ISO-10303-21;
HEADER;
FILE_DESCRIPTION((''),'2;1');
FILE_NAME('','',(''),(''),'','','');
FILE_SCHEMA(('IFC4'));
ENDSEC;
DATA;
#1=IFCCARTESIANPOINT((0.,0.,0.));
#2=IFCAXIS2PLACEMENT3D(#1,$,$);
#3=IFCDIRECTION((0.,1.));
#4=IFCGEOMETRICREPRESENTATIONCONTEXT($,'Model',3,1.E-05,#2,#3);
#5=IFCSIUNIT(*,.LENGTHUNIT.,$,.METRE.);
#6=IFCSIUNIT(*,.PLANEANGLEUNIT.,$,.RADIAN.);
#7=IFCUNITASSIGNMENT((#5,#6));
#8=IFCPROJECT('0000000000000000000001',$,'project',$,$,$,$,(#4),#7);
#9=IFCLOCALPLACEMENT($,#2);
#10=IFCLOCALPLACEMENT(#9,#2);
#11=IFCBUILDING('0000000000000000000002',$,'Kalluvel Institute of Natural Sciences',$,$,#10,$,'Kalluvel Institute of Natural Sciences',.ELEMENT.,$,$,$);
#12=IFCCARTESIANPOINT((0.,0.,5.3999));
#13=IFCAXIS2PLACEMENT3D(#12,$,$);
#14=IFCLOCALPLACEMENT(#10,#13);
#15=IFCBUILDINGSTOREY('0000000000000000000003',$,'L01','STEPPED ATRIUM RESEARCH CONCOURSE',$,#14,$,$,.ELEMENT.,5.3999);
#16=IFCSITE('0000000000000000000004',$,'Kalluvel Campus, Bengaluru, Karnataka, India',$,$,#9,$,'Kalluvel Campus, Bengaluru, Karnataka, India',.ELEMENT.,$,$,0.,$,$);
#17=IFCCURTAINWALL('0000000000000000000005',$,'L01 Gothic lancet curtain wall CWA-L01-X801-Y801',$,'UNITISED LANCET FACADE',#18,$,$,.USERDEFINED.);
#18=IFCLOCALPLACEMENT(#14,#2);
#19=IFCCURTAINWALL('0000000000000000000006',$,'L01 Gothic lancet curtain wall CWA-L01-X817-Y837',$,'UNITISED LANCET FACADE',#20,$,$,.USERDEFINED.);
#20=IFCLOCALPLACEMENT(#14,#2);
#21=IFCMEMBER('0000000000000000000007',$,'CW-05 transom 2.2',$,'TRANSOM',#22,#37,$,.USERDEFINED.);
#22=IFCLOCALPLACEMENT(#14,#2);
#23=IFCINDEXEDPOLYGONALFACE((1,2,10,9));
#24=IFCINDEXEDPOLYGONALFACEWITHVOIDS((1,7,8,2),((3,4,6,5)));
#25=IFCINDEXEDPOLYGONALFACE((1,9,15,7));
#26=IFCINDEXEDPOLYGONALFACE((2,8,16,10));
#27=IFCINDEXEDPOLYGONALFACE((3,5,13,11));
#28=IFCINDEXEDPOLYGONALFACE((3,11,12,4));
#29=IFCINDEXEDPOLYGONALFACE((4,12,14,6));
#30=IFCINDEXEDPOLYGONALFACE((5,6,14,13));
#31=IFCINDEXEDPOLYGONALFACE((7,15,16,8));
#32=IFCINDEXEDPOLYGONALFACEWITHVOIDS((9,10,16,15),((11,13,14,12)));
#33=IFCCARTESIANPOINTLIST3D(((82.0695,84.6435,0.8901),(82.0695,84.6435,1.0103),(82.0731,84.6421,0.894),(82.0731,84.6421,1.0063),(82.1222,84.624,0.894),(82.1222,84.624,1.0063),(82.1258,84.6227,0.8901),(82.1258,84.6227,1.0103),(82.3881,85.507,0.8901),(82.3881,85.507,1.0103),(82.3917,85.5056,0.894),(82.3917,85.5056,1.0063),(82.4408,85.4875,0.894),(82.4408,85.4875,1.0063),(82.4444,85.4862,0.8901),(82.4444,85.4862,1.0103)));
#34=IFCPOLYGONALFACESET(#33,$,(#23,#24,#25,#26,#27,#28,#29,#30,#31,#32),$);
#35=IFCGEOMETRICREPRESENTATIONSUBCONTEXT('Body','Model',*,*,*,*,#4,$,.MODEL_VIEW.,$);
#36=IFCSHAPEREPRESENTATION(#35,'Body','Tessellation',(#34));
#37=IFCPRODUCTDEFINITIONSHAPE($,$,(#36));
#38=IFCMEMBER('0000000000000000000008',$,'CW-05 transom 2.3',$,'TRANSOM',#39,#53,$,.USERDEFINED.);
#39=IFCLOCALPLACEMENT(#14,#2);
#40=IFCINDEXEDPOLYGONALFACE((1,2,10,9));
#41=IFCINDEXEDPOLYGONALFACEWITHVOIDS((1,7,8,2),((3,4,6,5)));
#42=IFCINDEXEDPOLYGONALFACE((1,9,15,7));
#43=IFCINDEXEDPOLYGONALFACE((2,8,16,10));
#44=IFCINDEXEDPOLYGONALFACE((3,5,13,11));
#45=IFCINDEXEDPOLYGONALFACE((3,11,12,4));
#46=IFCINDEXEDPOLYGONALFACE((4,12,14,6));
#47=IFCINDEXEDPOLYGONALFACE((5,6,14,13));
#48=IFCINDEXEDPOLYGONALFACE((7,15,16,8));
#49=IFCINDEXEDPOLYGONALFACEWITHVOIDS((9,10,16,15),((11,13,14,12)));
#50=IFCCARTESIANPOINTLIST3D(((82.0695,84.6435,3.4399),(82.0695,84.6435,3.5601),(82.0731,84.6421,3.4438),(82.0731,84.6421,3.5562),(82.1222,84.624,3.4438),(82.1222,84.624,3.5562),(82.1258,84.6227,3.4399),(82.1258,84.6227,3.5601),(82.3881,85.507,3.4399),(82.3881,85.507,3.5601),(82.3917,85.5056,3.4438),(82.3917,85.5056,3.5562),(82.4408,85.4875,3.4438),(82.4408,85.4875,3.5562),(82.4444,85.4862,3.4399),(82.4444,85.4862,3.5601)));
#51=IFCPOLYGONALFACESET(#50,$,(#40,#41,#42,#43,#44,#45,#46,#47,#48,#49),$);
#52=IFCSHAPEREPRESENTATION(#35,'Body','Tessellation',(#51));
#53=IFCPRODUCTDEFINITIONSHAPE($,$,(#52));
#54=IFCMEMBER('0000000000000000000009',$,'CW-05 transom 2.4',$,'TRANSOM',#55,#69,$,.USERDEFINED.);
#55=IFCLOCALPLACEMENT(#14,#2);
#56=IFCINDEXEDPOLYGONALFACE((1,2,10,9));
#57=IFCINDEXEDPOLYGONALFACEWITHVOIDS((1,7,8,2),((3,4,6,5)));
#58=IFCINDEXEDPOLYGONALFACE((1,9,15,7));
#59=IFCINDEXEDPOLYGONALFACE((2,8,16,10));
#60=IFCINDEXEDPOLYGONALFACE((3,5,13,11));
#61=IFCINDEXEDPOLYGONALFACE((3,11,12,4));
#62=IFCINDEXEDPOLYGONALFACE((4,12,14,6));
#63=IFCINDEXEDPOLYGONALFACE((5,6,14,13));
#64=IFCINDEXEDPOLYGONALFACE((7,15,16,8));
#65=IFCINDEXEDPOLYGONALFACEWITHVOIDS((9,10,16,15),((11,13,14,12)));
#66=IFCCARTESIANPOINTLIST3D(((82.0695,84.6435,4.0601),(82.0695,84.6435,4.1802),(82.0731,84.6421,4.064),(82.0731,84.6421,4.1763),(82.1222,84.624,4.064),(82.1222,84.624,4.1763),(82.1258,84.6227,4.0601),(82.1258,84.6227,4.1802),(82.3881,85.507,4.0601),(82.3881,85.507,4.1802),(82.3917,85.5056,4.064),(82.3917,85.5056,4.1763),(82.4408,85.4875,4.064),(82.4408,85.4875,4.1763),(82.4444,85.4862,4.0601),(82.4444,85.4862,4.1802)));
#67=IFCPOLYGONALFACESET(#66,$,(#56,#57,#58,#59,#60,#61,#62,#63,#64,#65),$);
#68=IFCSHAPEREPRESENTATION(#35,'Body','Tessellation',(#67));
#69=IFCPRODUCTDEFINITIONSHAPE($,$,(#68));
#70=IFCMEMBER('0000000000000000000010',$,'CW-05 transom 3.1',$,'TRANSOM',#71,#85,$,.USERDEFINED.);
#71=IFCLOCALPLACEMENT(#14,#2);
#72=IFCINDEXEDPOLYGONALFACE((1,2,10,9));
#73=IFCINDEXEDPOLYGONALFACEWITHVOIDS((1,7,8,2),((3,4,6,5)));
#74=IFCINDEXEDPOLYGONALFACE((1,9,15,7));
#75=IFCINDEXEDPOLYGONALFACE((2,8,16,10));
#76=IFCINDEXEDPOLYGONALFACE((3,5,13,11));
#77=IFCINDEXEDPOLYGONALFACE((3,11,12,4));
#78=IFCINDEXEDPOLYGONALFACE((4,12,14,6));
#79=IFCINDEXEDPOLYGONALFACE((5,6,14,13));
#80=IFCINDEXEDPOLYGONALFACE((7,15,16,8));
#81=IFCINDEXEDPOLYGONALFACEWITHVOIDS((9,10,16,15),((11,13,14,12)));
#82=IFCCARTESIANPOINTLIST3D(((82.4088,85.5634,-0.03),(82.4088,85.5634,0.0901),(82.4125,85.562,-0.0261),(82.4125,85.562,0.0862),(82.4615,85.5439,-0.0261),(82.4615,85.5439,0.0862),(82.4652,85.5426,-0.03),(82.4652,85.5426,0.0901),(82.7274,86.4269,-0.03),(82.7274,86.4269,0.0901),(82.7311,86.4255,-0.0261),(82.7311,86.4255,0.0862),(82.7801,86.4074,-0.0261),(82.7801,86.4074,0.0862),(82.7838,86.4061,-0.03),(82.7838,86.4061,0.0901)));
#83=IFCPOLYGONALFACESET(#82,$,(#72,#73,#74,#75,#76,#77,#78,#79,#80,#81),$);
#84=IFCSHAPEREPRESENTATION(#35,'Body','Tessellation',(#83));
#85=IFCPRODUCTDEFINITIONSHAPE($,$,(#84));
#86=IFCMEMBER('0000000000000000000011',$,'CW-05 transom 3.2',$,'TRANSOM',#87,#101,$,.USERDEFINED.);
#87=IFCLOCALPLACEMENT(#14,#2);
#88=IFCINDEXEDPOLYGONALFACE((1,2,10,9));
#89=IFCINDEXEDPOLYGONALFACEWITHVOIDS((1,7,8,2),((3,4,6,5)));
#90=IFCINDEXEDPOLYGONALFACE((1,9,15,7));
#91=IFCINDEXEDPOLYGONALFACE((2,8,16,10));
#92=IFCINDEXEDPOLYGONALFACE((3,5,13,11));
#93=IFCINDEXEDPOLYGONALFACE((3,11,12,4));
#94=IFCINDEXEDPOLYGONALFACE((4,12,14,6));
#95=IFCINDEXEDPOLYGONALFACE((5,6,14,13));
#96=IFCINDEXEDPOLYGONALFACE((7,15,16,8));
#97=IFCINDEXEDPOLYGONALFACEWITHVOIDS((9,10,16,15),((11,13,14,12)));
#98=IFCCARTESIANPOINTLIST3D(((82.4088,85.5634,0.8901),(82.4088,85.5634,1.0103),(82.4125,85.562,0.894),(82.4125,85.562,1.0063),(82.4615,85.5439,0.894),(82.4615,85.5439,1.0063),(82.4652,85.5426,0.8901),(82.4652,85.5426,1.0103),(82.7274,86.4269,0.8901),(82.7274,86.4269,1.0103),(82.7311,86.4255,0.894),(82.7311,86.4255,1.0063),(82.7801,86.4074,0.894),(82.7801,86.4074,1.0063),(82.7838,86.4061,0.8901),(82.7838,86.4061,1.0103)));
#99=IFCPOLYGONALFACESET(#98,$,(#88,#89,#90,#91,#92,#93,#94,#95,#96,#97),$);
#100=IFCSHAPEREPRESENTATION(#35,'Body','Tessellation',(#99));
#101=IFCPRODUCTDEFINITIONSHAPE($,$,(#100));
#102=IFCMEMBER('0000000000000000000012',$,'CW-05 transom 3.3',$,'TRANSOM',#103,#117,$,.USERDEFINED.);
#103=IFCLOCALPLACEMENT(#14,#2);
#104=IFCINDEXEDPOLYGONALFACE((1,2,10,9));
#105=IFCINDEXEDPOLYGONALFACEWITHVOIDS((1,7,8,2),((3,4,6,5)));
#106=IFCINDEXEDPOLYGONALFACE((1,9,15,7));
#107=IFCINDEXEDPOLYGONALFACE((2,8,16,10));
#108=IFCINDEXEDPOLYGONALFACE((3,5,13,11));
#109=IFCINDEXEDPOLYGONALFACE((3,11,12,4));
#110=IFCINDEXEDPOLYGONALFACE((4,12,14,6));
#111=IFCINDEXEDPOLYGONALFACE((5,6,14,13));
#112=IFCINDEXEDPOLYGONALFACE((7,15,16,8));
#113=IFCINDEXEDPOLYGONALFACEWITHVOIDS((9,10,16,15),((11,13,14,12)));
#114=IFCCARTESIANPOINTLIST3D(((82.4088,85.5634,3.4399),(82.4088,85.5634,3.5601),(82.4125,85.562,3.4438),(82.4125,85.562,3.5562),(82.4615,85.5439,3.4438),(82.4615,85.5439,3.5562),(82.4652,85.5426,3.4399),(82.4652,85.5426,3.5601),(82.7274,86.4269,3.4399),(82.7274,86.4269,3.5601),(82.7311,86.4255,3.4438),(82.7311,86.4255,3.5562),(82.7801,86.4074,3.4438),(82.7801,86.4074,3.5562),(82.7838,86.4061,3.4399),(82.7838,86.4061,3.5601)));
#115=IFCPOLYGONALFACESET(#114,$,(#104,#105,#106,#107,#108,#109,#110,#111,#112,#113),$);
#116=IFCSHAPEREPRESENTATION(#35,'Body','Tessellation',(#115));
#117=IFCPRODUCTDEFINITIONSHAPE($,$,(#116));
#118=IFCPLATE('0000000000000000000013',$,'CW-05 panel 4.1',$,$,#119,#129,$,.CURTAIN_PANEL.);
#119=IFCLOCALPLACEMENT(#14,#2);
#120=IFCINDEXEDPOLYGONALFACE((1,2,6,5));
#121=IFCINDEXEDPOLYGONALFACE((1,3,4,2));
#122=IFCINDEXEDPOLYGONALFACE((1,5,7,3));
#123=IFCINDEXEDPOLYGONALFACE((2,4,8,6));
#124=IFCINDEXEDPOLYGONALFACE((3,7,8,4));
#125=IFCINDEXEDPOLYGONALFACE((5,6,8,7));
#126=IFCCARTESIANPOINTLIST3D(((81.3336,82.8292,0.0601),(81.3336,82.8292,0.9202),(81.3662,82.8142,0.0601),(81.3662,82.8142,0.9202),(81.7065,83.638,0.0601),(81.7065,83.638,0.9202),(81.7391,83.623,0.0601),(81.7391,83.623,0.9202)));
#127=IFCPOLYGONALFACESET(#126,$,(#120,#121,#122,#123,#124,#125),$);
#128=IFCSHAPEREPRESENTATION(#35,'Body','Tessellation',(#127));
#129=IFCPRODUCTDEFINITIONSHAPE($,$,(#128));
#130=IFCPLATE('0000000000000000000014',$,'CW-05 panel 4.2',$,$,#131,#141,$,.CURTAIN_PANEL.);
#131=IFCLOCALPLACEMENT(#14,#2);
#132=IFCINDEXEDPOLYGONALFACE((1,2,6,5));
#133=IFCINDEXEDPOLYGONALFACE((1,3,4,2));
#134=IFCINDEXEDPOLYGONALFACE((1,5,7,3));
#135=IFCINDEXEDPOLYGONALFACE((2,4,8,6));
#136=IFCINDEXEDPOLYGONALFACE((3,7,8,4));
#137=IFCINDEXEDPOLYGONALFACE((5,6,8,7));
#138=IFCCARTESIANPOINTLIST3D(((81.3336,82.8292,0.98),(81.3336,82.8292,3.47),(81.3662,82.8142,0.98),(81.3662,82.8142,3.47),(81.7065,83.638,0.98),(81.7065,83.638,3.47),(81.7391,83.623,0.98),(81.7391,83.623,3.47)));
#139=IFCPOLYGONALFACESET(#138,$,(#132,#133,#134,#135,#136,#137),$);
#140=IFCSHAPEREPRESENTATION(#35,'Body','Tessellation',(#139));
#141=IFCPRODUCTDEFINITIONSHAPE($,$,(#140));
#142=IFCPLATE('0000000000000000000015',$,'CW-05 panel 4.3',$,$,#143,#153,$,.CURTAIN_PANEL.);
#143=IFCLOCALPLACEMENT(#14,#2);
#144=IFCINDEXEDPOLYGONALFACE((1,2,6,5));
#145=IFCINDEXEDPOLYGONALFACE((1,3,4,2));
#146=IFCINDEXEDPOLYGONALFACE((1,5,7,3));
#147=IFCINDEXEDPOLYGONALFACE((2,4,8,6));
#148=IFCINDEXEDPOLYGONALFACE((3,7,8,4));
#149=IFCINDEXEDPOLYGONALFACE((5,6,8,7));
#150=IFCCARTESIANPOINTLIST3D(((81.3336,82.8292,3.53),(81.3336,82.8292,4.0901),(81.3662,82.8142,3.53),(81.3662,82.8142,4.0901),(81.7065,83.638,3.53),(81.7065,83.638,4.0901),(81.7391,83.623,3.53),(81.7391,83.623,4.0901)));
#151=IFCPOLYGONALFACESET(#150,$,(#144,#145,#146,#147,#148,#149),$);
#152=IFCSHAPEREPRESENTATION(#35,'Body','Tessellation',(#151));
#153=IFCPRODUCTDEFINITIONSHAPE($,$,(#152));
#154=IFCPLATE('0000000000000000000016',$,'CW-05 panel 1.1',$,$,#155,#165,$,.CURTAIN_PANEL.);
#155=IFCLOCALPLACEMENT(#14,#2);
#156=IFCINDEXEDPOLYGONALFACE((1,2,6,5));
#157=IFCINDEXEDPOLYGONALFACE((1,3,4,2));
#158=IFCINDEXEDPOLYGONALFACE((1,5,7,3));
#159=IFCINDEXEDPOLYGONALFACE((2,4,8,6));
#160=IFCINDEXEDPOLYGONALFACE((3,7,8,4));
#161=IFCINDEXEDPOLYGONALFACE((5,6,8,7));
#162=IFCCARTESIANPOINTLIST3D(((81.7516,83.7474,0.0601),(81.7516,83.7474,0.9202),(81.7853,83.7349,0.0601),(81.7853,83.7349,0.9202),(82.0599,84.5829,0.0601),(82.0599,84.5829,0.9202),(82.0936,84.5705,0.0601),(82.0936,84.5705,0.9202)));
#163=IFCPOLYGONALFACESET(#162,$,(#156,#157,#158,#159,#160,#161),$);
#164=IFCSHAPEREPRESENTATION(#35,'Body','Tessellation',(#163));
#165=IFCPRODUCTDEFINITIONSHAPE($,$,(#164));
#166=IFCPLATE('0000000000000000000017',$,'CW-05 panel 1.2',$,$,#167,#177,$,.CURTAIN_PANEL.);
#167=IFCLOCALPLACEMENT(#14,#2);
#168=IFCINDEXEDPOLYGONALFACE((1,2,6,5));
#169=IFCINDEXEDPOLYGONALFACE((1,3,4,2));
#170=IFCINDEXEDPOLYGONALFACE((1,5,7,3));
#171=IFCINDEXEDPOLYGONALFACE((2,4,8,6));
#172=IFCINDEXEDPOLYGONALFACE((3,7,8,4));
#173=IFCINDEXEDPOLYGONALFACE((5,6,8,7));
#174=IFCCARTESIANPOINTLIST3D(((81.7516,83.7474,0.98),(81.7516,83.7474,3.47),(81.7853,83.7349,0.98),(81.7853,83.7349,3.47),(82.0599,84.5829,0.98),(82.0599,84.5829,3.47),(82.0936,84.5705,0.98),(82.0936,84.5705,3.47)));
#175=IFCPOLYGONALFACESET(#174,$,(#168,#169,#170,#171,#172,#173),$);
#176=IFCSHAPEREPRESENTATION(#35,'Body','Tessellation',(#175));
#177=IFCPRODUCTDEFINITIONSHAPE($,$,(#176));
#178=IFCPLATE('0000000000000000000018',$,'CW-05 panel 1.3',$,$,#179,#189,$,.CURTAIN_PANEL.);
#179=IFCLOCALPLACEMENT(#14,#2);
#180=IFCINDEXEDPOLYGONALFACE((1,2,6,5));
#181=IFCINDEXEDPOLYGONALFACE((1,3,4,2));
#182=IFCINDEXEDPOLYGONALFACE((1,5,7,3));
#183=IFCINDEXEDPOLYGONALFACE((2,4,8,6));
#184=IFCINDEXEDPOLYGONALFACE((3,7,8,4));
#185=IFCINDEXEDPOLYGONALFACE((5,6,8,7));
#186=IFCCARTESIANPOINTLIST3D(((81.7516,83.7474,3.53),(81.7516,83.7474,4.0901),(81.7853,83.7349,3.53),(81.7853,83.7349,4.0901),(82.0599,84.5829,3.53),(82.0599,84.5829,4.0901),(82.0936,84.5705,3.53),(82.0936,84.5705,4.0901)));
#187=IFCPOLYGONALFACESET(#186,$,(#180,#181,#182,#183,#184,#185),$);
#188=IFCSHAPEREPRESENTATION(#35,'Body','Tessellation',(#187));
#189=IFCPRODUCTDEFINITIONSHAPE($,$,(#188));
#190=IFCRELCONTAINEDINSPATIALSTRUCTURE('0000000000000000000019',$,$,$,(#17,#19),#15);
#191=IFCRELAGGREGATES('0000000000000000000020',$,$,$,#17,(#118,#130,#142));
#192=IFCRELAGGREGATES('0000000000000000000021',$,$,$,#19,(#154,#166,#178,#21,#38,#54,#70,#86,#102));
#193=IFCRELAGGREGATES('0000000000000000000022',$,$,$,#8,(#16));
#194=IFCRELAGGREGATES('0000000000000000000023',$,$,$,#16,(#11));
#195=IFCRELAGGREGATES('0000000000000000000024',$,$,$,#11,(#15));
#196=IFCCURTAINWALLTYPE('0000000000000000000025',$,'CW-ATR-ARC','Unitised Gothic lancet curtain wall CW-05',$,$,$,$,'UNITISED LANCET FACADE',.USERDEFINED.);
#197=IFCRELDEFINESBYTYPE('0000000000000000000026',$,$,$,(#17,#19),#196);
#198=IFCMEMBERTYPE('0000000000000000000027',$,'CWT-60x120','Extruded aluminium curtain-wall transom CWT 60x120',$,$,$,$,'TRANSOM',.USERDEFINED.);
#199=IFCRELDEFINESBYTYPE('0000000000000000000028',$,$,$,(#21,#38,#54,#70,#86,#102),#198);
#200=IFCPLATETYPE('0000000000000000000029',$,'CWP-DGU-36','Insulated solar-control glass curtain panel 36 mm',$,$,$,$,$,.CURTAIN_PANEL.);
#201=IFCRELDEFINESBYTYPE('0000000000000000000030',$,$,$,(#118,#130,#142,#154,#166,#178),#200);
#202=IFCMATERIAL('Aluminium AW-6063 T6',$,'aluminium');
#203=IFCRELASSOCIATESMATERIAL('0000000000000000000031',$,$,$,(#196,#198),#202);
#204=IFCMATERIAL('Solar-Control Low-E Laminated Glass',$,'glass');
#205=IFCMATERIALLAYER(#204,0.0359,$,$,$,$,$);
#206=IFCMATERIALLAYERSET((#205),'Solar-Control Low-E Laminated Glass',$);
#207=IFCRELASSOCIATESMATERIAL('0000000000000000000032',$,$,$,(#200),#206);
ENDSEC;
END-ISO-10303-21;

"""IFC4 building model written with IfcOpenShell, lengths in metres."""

from ifc_helpers import new_model, si_unit, direction, frame, origin, origin_2d, place, context, subcontext, project, spatial, rectangle, hollow_rectangle, extrude, material, layer, layer_set, material_profile, profile_set, type_object, element, aggregate, save


model = new_model("IFC4")

# Units and contexts
model_context = context("Model", 3, precision=1e-05, world=origin(), true_north=direction((0.0, 1.0)))
body_context = subcontext(model_context, "Body", "Model", "MODEL_VIEW")
ifc_project = project(units=[si_unit("LENGTHUNIT", "METRE"), si_unit("PLANEANGLEUNIT", "RADIAN")], contexts=[model_context])

# Site, building, storey
site_placement = place(None, origin())
site = spatial("IfcSite", under=ifc_project, at=site_placement, Name="Kalluvel Campus, Bengaluru, Karnataka, India", LongName="Kalluvel Campus, Bengaluru, Karnataka, India", CompositionType="ELEMENT", RefElevation=0.0)
building_placement = place(site_placement, origin())
building = spatial("IfcBuilding", under=site, at=building_placement, Name="Kalluvel Institute of Natural Sciences", LongName="Kalluvel Institute of Natural Sciences", CompositionType="ELEMENT")
storey_placement = place(building_placement, frame((0.0, 0.0, 5.3999)))
storey = spatial("IfcBuildingStorey", under=building, at=storey_placement, Name="L01", Description="STEPPED ATRIUM RESEARCH CONCOURSE", CompositionType="ELEMENT", Elevation=5.3999)

# Curtain wall
ifc_material_1 = material(Name="Aluminium AW-6063 T6", Category="aluminium")
curtain_wall_type = type_object("IfcCurtainWallType", Name="CW-ATR-ARC", Description="Unitised Gothic lancet curtain wall CW-05", ElementType="UNITISED LANCET FACADE", PredefinedType="USERDEFINED", material=ifc_material_1)
curtain_wall_1_placement = place(storey_placement, origin())
curtain_wall_1 = element("IfcCurtainWall", 1, at=curtain_wall_1_placement, inside=storey, type_object=curtain_wall_type, Name="L01 Gothic lancet curtain wall CWA-L01-X801-Y801", ObjectType="UNITISED LANCET FACADE", PredefinedType="USERDEFINED")

# Curtain wall
curtain_wall_2_placement = place(storey_placement, origin())
curtain_wall_2 = element("IfcCurtainWall", 2, at=curtain_wall_2_placement, inside=storey, type_object=curtain_wall_type, Name="L01 Gothic lancet curtain wall CWA-L01-X817-Y837", ObjectType="UNITISED LANCET FACADE", PredefinedType="USERDEFINED")

# Members
ifc_material_profile_1 = material_profile(ifc_material_1, hollow_rectangle(XDim=0.0601, YDim=0.1201, WallThickness=0.0039, at=origin_2d()), Name="CWT 60x120")
ifc_profile_set_1 = profile_set([ifc_material_profile_1], Name="Aluminium AW-6063 T6")
member_type_1 = type_object("IfcMemberType", Name="CWT-60x120", Description="Extruded aluminium curtain-wall transom CWT 60x120", ElementType="TRANSOM", PredefinedType="USERDEFINED", material=ifc_profile_set_1)
member_1_placement = place(storey_placement, frame((82.0977, 84.6331, 0.9502), z_axis=(0.346148, 0.93818, 0.0), x_axis=(-0.93818, 0.346148, 0.0)))
member_1 = element("IfcMember", 3, at=member_1_placement, type_object=member_type_1, Name="CW-05 transom 2.2", ObjectType="TRANSOM", PredefinedType="USERDEFINED", context=body_context, shape_type="SweptSolid", body=[
    extrude(hollow_rectangle(XDim=0.0601, YDim=0.1201, WallThickness=0.0039, at=origin_2d()), origin(), (0.0, 0.0, 1.0), 0.9204),
])
member_2_placement = place(storey_placement, frame((82.0977, 84.6331, 3.5), z_axis=(0.346148, 0.93818, 0.0), x_axis=(-0.93818, 0.346148, 0.0)))
member_2 = element("IfcMember", 4, at=member_2_placement, type_object=member_type_1, Name="CW-05 transom 2.3", ObjectType="TRANSOM", PredefinedType="USERDEFINED", context=body_context, shape_type="SweptSolid", body=[
    extrude(hollow_rectangle(XDim=0.0601, YDim=0.1201, WallThickness=0.0039, at=origin_2d()), origin(), (0.0, 0.0, 1.0), 0.9204),
])
member_3_placement = place(storey_placement, frame((82.0977, 84.6331, 4.1201), z_axis=(0.346148, 0.93818, 0.0), x_axis=(-0.93818, 0.346148, 0.0)))
member_3 = element("IfcMember", 5, at=member_3_placement, type_object=member_type_1, Name="CW-05 transom 2.4", ObjectType="TRANSOM", PredefinedType="USERDEFINED", context=body_context, shape_type="SweptSolid", body=[
    extrude(hollow_rectangle(XDim=0.0601, YDim=0.1201, WallThickness=0.0039, at=origin_2d()), origin(), (0.0, 0.0, 1.0), 0.9204),
])
member_4_placement = place(storey_placement, frame((82.437, 85.553, 0.03), z_axis=(0.346148, 0.93818, 0.0), x_axis=(-0.93818, 0.346148, 0.0)))
member_4 = element("IfcMember", 6, at=member_4_placement, type_object=member_type_1, Name="CW-05 transom 3.1", ObjectType="TRANSOM", PredefinedType="USERDEFINED", context=body_context, shape_type="SweptSolid", body=[
    extrude(hollow_rectangle(XDim=0.0601, YDim=0.1201, WallThickness=0.0039, at=origin_2d()), origin(), (0.0, 0.0, 1.0), 0.9204),
])
member_5_placement = place(storey_placement, frame((82.437, 85.553, 0.9502), z_axis=(0.346148, 0.93818, 0.0), x_axis=(-0.93818, 0.346148, 0.0)))
member_5 = element("IfcMember", 7, at=member_5_placement, type_object=member_type_1, Name="CW-05 transom 3.2", ObjectType="TRANSOM", PredefinedType="USERDEFINED", context=body_context, shape_type="SweptSolid", body=[
    extrude(hollow_rectangle(XDim=0.0601, YDim=0.1201, WallThickness=0.0039, at=origin_2d()), origin(), (0.0, 0.0, 1.0), 0.9204),
])
member_6_placement = place(storey_placement, frame((82.437, 85.553, 3.5), z_axis=(0.346148, 0.93818, 0.0), x_axis=(-0.93818, 0.346148, 0.0)))
member_6 = element("IfcMember", 8, at=member_6_placement, type_object=member_type_1, Name="CW-05 transom 3.3", ObjectType="TRANSOM", PredefinedType="USERDEFINED", context=body_context, shape_type="SweptSolid", body=[
    extrude(hollow_rectangle(XDim=0.0601, YDim=0.1201, WallThickness=0.0039, at=origin_2d()), origin(), (0.0, 0.0, 1.0), 0.9204),
])

# Plates
ifc_material_2 = material(Name="Solar-Control Low-E Laminated Glass", Category="glass")
ifc_layer = layer(ifc_material_2, 0.0359)
ifc_layer_set = layer_set([ifc_layer], Name="Solar-Control Low-E Laminated Glass")
plate_type = type_object("IfcPlateType", Name="CWP-DGU-36", Description="Insulated solar-control glass curtain panel 36 mm", PredefinedType="CURTAIN_PANEL", material=ifc_layer_set)
plate_1_placement = place(storey_placement, frame((81.5364, 83.2261, 0.0601), z_axis=(0.0, 0.0, 1.0), x_axis=(0.418657, 0.908144, 0.0)))
plate_1 = element("IfcPlate", 9, at=plate_1_placement, type_object=plate_type, Name="CW-05 panel 4.1", PredefinedType="CURTAIN_PANEL", context=body_context, shape_type="SweptSolid", body=[
    extrude(rectangle(XDim=0.8906, YDim=0.0359, at=origin_2d()), origin(), (0.0, 0.0, 1.0), 0.8601),
])
plate_2_placement = place(storey_placement, frame((81.5364, 83.2261, 0.98), z_axis=(0.0, 0.0, 1.0), x_axis=(0.418657, 0.908144, 0.0)))
plate_2 = element("IfcPlate", 10, at=plate_2_placement, type_object=plate_type, Name="CW-05 panel 4.2", PredefinedType="CURTAIN_PANEL", context=body_context, shape_type="SweptSolid", body=[
    extrude(rectangle(XDim=0.8906, YDim=0.0359, at=origin_2d()), origin(), (0.0, 0.0, 1.0), 2.49),
])
plate_3_placement = place(storey_placement, frame((81.5364, 83.2261, 3.53), z_axis=(0.0, 0.0, 1.0), x_axis=(0.418657, 0.908144, 0.0)))
plate_3 = element("IfcPlate", 11, at=plate_3_placement, type_object=plate_type, Name="CW-05 panel 4.3", PredefinedType="CURTAIN_PANEL", context=body_context, shape_type="SweptSolid", body=[
    extrude(rectangle(XDim=0.8906, YDim=0.0359, at=origin_2d()), origin(), (0.0, 0.0, 1.0), 0.5601),
])
aggregate(curtain_wall_1, [plate_1, plate_2, plate_3])
plate_4_placement = place(storey_placement, frame((81.9226, 84.1589, 0.0601), z_axis=(0.0, 0.0, 1.0), x_axis=(0.346122, 0.938189, 0.0)))
plate_4 = element("IfcPlate", 12, at=plate_4_placement, type_object=plate_type, Name="CW-05 panel 1.1", PredefinedType="CURTAIN_PANEL", context=body_context, shape_type="SweptSolid", body=[
    extrude(rectangle(XDim=0.8906, YDim=0.0359, at=origin_2d()), origin(), (0.0, 0.0, 1.0), 0.8601),
])
plate_5_placement = place(storey_placement, frame((81.9226, 84.1589, 0.98), z_axis=(0.0, 0.0, 1.0), x_axis=(0.346122, 0.938189, 0.0)))
plate_5 = element("IfcPlate", 13, at=plate_5_placement, type_object=plate_type, Name="CW-05 panel 1.2", PredefinedType="CURTAIN_PANEL", context=body_context, shape_type="SweptSolid", body=[
    extrude(rectangle(XDim=0.8906, YDim=0.0359, at=origin_2d()), origin(), (0.0, 0.0, 1.0), 2.49),
])
plate_6_placement = place(storey_placement, frame((81.9226, 84.1589, 3.53), z_axis=(0.0, 0.0, 1.0), x_axis=(0.346122, 0.938189, 0.0)))
plate_6 = element("IfcPlate", 14, at=plate_6_placement, type_object=plate_type, Name="CW-05 panel 1.3", PredefinedType="CURTAIN_PANEL", context=body_context, shape_type="SweptSolid", body=[
    extrude(rectangle(XDim=0.8906, YDim=0.0359, at=origin_2d()), origin(), (0.0, 0.0, 1.0), 0.5601),
])
aggregate(curtain_wall_2, [plate_4, plate_5, plate_6, member_1, member_2, member_3, member_4, member_5, member_6])

save(model, "model.ifc")
